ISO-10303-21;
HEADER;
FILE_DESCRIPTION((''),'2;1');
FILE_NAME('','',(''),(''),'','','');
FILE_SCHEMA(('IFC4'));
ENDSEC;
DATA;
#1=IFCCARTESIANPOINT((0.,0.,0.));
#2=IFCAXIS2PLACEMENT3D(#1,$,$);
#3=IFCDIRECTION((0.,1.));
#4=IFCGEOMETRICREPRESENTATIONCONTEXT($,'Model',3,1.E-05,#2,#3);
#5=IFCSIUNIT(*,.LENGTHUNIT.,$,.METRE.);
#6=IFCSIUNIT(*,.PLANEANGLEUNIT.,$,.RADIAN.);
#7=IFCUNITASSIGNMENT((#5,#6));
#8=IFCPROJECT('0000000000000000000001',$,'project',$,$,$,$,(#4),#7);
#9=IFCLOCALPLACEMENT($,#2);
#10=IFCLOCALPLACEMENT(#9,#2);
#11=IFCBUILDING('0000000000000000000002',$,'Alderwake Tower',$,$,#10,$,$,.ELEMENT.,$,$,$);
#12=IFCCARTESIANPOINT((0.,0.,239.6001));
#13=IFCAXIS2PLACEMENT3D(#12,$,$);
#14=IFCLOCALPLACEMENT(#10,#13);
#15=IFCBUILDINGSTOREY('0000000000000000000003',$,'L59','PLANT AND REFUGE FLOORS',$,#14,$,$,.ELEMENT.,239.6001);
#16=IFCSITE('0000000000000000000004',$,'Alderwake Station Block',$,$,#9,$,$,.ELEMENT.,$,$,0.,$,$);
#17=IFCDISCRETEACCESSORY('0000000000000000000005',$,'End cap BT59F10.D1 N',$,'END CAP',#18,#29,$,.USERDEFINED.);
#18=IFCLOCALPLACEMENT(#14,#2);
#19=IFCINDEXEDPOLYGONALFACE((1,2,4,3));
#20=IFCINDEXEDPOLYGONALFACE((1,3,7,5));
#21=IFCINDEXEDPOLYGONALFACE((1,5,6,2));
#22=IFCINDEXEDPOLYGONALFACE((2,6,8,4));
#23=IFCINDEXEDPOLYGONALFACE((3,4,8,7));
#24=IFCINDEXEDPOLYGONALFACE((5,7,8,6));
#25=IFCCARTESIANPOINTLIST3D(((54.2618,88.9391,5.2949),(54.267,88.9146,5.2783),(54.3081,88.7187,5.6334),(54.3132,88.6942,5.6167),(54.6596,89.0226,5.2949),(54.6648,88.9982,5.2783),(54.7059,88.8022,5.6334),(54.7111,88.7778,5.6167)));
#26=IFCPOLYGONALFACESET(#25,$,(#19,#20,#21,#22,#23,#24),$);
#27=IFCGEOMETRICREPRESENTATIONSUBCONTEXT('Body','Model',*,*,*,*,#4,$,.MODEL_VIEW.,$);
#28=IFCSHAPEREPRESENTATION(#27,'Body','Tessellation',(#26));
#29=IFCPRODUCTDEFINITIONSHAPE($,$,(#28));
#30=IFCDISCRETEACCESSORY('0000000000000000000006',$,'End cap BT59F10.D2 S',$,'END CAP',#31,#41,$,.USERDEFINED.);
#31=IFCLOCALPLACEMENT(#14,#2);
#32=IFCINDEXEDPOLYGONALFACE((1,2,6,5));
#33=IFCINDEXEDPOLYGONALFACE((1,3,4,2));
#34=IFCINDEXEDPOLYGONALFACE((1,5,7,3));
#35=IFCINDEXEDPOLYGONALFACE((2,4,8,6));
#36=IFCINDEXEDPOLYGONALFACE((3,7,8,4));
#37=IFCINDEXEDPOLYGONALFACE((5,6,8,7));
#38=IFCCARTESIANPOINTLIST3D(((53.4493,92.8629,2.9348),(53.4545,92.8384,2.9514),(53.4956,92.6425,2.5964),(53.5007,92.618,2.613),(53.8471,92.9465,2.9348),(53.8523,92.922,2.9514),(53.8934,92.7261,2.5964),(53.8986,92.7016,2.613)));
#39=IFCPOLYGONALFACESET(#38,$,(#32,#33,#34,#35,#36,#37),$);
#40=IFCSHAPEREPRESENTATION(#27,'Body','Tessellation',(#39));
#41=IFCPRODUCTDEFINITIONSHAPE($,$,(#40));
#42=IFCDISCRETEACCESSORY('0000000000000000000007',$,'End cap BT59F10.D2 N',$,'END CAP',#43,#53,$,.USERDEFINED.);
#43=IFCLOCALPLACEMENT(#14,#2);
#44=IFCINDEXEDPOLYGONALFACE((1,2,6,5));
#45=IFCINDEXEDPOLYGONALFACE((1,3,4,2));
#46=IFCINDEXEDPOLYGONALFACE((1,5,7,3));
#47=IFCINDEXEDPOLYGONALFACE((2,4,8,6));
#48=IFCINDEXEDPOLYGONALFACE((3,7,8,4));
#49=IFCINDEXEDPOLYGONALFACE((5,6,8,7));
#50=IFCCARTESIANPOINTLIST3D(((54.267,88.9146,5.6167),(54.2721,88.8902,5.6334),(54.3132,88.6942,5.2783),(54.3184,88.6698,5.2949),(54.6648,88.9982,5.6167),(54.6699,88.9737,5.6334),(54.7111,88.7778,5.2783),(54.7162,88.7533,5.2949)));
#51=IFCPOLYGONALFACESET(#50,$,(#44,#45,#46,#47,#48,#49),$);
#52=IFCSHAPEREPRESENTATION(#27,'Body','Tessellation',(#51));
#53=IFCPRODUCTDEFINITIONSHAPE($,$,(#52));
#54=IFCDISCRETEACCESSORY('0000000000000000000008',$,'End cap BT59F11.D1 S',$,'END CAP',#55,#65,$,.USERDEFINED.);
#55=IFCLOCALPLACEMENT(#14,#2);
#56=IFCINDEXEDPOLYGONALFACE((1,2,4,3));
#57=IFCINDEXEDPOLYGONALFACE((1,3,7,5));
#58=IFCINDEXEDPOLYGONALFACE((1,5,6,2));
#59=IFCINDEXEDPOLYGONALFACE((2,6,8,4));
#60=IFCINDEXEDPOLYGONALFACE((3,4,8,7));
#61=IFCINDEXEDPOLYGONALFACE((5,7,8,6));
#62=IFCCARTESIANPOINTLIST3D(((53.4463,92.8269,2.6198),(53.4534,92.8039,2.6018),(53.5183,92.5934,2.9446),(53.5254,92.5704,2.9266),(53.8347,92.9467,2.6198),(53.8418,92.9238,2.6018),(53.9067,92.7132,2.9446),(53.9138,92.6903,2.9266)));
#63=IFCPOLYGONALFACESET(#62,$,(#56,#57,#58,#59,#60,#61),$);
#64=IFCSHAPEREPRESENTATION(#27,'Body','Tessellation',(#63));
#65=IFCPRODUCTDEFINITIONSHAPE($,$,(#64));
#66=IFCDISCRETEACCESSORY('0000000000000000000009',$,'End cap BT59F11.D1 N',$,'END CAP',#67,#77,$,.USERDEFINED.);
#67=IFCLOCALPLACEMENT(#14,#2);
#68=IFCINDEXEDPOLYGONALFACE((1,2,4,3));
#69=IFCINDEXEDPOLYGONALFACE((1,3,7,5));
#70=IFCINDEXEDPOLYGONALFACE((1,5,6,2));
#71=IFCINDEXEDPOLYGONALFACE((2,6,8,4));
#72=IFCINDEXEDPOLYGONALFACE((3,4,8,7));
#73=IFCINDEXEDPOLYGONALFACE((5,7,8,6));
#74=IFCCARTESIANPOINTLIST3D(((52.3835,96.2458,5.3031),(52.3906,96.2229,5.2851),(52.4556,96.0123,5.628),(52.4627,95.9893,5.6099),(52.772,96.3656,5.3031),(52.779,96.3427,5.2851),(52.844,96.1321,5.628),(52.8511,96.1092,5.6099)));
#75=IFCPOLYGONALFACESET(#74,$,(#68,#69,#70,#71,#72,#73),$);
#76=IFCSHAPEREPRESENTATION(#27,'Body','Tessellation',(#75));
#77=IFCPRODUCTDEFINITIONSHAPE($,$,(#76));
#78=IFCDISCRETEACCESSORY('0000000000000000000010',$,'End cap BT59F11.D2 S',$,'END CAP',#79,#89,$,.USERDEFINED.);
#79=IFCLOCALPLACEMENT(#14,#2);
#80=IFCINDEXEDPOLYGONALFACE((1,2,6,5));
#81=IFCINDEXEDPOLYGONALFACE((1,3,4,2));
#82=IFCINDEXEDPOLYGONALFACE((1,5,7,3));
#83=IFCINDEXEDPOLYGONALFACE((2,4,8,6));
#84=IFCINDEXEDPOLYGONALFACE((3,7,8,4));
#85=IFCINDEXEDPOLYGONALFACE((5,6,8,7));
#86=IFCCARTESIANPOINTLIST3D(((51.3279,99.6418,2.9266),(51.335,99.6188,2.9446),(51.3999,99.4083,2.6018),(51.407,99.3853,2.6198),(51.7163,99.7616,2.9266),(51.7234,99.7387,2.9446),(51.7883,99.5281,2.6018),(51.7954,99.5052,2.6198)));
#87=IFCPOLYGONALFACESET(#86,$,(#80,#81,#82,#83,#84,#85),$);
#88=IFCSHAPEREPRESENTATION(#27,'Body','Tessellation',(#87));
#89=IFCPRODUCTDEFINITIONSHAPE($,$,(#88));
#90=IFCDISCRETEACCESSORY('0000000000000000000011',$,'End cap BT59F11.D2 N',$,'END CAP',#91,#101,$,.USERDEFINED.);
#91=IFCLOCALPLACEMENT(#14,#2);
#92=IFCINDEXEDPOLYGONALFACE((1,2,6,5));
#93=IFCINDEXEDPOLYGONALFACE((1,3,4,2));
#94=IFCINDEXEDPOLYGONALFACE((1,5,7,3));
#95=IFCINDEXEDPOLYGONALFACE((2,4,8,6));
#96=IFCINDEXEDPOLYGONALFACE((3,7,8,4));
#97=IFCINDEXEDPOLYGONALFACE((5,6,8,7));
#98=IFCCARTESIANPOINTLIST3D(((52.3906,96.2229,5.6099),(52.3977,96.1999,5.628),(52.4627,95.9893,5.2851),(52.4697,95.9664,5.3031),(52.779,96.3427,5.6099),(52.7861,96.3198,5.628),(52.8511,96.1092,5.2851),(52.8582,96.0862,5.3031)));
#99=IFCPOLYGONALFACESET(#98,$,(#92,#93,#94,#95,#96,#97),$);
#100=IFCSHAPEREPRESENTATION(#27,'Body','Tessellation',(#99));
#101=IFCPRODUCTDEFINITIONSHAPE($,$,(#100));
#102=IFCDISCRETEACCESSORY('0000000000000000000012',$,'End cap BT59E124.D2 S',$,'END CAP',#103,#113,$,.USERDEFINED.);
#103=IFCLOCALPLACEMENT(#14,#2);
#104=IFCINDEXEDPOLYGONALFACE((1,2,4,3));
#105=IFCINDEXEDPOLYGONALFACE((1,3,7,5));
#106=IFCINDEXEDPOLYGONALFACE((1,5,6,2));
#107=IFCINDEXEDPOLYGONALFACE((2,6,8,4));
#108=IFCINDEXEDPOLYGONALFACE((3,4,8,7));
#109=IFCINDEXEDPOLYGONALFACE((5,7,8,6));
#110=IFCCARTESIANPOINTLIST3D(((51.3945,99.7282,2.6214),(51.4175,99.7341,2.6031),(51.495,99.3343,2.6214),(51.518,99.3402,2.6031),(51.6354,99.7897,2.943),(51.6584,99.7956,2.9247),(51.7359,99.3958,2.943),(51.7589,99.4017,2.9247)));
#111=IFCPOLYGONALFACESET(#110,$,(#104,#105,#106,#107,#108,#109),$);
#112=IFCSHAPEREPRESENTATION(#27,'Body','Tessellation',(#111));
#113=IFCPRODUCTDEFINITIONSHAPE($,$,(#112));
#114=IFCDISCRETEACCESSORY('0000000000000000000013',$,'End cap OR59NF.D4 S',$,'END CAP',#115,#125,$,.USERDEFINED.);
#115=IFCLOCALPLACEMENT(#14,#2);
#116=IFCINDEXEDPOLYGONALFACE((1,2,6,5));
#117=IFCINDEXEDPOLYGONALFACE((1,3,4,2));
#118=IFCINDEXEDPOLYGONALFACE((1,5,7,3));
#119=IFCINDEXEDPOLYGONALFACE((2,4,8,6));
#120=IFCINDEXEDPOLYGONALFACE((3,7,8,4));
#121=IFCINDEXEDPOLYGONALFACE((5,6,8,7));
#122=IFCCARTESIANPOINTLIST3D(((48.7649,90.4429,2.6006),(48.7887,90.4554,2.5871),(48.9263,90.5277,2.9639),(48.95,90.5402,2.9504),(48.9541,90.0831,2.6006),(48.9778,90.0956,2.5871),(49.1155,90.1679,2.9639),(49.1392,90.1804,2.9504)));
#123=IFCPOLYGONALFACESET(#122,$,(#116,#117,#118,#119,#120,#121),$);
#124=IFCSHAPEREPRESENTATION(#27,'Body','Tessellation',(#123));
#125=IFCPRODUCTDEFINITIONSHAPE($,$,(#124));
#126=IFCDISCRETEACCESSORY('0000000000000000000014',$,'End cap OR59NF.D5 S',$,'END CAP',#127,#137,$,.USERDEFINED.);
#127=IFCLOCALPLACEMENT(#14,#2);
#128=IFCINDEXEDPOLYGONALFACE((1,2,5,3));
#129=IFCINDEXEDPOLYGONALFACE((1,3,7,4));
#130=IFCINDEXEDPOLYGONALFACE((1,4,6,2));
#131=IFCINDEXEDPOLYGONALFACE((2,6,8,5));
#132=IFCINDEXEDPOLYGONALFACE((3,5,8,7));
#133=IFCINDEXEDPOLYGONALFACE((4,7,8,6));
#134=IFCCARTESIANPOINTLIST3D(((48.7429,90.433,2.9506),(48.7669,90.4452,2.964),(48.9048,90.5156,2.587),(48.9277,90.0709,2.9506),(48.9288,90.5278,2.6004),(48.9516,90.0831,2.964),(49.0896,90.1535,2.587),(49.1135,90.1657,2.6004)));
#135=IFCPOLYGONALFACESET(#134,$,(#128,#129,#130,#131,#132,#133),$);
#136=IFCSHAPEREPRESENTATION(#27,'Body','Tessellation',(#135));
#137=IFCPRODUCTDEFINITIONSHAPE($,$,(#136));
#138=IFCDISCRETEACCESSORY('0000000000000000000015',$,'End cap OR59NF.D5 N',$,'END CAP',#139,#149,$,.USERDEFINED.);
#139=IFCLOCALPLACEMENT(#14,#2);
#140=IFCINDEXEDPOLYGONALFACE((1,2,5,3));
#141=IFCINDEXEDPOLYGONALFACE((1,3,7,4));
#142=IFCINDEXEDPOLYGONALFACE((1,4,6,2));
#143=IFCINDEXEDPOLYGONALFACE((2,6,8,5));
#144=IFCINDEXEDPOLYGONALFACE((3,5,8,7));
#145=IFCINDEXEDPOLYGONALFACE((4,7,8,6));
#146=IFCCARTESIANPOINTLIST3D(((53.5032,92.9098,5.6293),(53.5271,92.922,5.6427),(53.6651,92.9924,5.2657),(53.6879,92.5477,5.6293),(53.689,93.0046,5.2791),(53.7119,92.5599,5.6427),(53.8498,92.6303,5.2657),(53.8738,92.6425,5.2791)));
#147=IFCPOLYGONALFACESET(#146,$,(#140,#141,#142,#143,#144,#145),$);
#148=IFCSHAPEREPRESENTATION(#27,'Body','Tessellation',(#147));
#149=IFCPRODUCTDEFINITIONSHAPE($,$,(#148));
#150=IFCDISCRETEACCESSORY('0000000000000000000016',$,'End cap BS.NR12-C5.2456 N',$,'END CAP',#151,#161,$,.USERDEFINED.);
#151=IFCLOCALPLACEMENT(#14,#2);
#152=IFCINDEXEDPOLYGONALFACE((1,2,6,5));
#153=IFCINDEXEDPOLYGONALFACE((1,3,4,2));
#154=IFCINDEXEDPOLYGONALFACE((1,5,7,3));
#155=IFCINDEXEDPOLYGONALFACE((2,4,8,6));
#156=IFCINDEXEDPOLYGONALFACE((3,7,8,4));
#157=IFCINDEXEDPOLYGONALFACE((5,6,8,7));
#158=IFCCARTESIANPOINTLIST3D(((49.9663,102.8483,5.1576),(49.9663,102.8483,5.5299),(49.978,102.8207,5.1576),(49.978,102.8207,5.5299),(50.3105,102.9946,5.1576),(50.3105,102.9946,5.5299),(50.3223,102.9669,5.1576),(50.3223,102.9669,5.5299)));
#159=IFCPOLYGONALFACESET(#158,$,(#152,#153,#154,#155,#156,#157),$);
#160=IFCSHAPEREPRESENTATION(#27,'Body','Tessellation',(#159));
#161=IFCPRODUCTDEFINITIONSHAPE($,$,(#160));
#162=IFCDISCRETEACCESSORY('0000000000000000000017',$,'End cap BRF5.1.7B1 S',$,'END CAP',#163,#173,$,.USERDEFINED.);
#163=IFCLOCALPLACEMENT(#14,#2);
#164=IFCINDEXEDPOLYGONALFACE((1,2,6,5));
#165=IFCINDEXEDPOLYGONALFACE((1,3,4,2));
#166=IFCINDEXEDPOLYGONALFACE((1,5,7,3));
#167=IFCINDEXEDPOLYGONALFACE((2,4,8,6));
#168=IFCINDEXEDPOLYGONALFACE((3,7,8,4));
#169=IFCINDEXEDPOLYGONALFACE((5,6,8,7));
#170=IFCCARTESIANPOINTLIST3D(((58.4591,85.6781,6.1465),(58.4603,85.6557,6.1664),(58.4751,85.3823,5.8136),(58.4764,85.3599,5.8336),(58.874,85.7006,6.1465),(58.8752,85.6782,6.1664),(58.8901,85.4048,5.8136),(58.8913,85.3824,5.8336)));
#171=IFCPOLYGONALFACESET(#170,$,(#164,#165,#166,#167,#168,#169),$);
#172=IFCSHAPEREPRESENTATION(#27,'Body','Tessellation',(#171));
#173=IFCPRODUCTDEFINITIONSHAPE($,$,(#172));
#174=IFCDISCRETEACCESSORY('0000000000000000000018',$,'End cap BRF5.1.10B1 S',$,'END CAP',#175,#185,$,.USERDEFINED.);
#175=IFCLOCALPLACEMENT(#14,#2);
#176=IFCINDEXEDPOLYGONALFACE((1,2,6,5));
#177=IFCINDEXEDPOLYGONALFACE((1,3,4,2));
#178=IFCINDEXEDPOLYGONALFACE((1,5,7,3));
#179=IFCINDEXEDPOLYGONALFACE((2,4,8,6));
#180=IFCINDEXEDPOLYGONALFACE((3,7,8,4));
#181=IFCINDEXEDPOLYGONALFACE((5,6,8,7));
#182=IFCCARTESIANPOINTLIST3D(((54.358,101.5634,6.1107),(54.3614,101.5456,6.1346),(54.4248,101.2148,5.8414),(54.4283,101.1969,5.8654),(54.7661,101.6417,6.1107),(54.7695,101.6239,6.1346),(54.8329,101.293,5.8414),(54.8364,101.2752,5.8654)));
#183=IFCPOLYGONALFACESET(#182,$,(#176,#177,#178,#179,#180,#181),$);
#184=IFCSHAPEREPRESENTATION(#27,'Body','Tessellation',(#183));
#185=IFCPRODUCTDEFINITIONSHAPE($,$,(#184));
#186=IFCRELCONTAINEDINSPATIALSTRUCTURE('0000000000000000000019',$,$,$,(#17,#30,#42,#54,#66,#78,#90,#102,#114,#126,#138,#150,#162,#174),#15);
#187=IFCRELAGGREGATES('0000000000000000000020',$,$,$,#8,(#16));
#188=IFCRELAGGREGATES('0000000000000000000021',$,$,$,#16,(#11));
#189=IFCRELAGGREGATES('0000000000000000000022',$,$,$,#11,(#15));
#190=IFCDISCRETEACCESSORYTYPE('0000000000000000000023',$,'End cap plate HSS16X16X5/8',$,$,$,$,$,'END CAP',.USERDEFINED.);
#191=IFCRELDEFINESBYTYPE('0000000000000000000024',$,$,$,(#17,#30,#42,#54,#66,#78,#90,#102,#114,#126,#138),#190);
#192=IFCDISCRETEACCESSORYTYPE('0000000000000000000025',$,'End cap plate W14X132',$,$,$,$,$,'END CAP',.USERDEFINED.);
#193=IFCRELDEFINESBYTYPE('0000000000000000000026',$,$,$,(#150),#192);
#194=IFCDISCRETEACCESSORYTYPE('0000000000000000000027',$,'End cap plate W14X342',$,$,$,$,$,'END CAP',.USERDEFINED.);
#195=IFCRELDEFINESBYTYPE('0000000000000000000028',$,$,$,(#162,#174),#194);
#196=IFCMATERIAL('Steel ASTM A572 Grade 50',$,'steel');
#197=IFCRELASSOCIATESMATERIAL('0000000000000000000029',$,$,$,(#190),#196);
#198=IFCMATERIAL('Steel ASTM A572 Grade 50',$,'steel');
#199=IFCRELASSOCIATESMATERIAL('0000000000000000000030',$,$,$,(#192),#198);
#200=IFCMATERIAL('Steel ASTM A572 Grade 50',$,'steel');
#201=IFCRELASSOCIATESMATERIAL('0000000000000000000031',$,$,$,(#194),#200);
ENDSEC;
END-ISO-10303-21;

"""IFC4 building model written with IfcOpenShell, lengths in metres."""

from ifc_helpers import new_model, si_unit, direction, frame, origin, origin_2d, place, context, subcontext, project, spatial, rectangle, extrude, material, material_profile, profile_set, type_object, element, save


model = new_model("IFC4")

# Units and contexts
model_context = context("Model", 3, precision=1e-05, world=origin(), true_north=direction((0.0, 1.0)))
body_context = subcontext(model_context, "Body", "Model", "MODEL_VIEW")
ifc_project = project(units=[si_unit("LENGTHUNIT", "METRE"), si_unit("PLANEANGLEUNIT", "RADIAN")], contexts=[model_context])

# Site, building, storey
site_placement = place(None, origin())
site = spatial("IfcSite", under=ifc_project, at=site_placement, Name="Alderwake Station Block", CompositionType="ELEMENT", RefElevation=0.0)
building_placement = place(site_placement, origin())
building = spatial("IfcBuilding", under=site, at=building_placement, Name="Alderwake Tower", CompositionType="ELEMENT")
storey_placement = place(building_placement, frame((0.0, 0.0, 239.6001)))
storey = spatial("IfcBuildingStorey", under=building, at=storey_placement, Name="L59", Description="PLANT AND REFUGE FLOORS", CompositionType="ELEMENT", Elevation=239.6001)

# Discrete accessories
ifc_material_1 = material(Name="Steel ASTM A572 Grade 50", Category="steel")
ifc_material_profile_1 = material_profile(ifc_material_1, rectangle(XDim=0.4065, YDim=0.4065, at=origin_2d()), Name="HSS16X16X5/8 cap")
ifc_profile_set_1 = profile_set([ifc_material_profile_1], Name="Steel ASTM A572 Grade 50")
discrete_accessory_type_1 = type_object("IfcDiscreteAccessoryType", Name="End cap plate HSS16X16X5/8", ElementType="END CAP", PredefinedType="USERDEFINED", material=ifc_profile_set_1)
for number, where, z_axis, x_axis, name in (
    (1, (54.489, 88.8462, 5.4475), (-0.171094, 0.814733, 0.554019), (-0.978653, -0.205517, 0.0), "End cap BT59F10.D1 N"),
    (2, (53.6765, 92.77, 2.7822), (-0.171094, 0.814733, -0.554019), (-0.978653, -0.205517, 0.0), "End cap BT59F10.D2 S"),
    (3, (54.489, 88.8462, 5.4475), (0.171094, -0.814733, 0.554019), (0.978653, 0.205517, 0.0), "End cap BT59F10.D2 N"),
    (4, (53.6765, 92.77, 2.7822), (0.235586, -0.763622, -0.601149), (0.955559, 0.2948, 0.0), "End cap BT59F11.D1 S"),
    (5, (52.6208, 96.166, 5.4475), (-0.235586, 0.763622, 0.601149), (-0.955559, -0.2948, 0.0), "End cap BT59F11.D1 N"),
    (6, (51.5652, 99.562, 2.7822), (-0.235586, 0.763622, -0.601149), (-0.955559, -0.2948, 0.0), "End cap BT59F11.D2 S"),
    (7, (52.6208, 96.166, 5.4475), (0.235586, -0.763622, 0.601149), (0.955559, 0.2948, 0.0), "End cap BT59F11.D2 N"),
    (8, (51.5652, 99.562, 2.7822), (0.766562, 0.195718, -0.611619), (-0.247383, 0.968918, 0.0), "End cap BT59E124.D2 S"),
    (9, (48.9402, 90.3054, 2.7822), (0.791079, 0.415928, -0.44855), (-0.46537, 0.885116, 0.0), "End cap OR59NF.D4 S"),
    (10, (48.9402, 90.3054, 2.7822), (-0.796748, -0.406504, -0.447154), (0.45447, -0.890762, 0.0), "End cap OR59NF.D5 S"),
    (11, (53.6765, 92.77, 5.4475), (0.796748, 0.406504, 0.447154), (-0.45447, 0.890762, 0.0), "End cap OR59NF.D5 N"),
):
    element("IfcDiscreteAccessory", number, at=place(storey_placement, frame(where, z_axis=z_axis, x_axis=x_axis)), inside=storey, type_object=discrete_accessory_type_1, Name=name, ObjectType="END CAP", PredefinedType="USERDEFINED", context=body_context, shape_type="SweptSolid", body=[
        extrude(rectangle(XDim=0.4065, YDim=0.4065, at=origin_2d()), origin(), (0.0, 0.0, 1.0), 0.03),
    ])
ifc_material_2 = material(Name="Steel ASTM A572 Grade 50", Category="steel")
ifc_material_profile_2 = material_profile(ifc_material_2, rectangle(XDim=0.374, YDim=0.3723, at=origin_2d()), Name="W14X132 cap")
ifc_profile_set_2 = profile_set([ifc_material_profile_2], Name="Steel ASTM A572 Grade 50")
discrete_accessory_type_2 = type_object("IfcDiscreteAccessoryType", Name="End cap plate W14X132", ElementType="END CAP", PredefinedType="USERDEFINED", material=ifc_profile_set_2)
discrete_accessory_1_placement = place(storey_placement, frame((50.1501, 102.8938, 5.3438), z_axis=(-0.390968, 0.920404, 0.0), x_axis=(-0.920404, -0.390968, 0.0)))
element("IfcDiscreteAccessory", 12, at=discrete_accessory_1_placement, inside=storey, type_object=discrete_accessory_type_2, Name="End cap BS.NR12-C5.2456 N", ObjectType="END CAP", PredefinedType="USERDEFINED", context=body_context, shape_type="SweptSolid", body=[
    extrude(rectangle(XDim=0.374, YDim=0.3723, at=origin_2d()), origin(), (0.0, 0.0, 1.0), 0.03),
])
ifc_material_3 = material(Name="Steel ASTM A572 Grade 50", Category="steel")
ifc_material_profile_3 = material_profile(ifc_material_3, rectangle(XDim=0.4155, YDim=0.4456, at=origin_2d()), Name="W14X342 cap")
ifc_profile_set_3 = profile_set([ifc_material_profile_3], Name="Steel ASTM A572 Grade 50")
discrete_accessory_type_3 = type_object("IfcDiscreteAccessoryType", Name="End cap plate W14X342", ElementType="END CAP", PredefinedType="USERDEFINED", material=ifc_profile_set_3)
for number, where, z_axis, x_axis, name in (
    (13, (58.6758, 85.519, 6.0), (-0.040538, 0.7459, -0.664824), (-0.998526, -0.054268, 0.0), "End cap BRF5.1.7B1 S"),
    (14, (54.5989, 101.4104, 6.0), (-0.113821, 0.593496, -0.796748), (-0.982102, -0.188348, 0.0), "End cap BRF5.1.10B1 S"),
):
    element("IfcDiscreteAccessory", number, at=place(storey_placement, frame(where, z_axis=z_axis, x_axis=x_axis)), inside=storey, type_object=discrete_accessory_type_3, Name=name, ObjectType="END CAP", PredefinedType="USERDEFINED", context=body_context, shape_type="SweptSolid", body=[
        extrude(rectangle(XDim=0.4155, YDim=0.4456, at=origin_2d()), origin(), (0.0, 0.0, 1.0), 0.03),
    ])

save(model, "model.ifc")
